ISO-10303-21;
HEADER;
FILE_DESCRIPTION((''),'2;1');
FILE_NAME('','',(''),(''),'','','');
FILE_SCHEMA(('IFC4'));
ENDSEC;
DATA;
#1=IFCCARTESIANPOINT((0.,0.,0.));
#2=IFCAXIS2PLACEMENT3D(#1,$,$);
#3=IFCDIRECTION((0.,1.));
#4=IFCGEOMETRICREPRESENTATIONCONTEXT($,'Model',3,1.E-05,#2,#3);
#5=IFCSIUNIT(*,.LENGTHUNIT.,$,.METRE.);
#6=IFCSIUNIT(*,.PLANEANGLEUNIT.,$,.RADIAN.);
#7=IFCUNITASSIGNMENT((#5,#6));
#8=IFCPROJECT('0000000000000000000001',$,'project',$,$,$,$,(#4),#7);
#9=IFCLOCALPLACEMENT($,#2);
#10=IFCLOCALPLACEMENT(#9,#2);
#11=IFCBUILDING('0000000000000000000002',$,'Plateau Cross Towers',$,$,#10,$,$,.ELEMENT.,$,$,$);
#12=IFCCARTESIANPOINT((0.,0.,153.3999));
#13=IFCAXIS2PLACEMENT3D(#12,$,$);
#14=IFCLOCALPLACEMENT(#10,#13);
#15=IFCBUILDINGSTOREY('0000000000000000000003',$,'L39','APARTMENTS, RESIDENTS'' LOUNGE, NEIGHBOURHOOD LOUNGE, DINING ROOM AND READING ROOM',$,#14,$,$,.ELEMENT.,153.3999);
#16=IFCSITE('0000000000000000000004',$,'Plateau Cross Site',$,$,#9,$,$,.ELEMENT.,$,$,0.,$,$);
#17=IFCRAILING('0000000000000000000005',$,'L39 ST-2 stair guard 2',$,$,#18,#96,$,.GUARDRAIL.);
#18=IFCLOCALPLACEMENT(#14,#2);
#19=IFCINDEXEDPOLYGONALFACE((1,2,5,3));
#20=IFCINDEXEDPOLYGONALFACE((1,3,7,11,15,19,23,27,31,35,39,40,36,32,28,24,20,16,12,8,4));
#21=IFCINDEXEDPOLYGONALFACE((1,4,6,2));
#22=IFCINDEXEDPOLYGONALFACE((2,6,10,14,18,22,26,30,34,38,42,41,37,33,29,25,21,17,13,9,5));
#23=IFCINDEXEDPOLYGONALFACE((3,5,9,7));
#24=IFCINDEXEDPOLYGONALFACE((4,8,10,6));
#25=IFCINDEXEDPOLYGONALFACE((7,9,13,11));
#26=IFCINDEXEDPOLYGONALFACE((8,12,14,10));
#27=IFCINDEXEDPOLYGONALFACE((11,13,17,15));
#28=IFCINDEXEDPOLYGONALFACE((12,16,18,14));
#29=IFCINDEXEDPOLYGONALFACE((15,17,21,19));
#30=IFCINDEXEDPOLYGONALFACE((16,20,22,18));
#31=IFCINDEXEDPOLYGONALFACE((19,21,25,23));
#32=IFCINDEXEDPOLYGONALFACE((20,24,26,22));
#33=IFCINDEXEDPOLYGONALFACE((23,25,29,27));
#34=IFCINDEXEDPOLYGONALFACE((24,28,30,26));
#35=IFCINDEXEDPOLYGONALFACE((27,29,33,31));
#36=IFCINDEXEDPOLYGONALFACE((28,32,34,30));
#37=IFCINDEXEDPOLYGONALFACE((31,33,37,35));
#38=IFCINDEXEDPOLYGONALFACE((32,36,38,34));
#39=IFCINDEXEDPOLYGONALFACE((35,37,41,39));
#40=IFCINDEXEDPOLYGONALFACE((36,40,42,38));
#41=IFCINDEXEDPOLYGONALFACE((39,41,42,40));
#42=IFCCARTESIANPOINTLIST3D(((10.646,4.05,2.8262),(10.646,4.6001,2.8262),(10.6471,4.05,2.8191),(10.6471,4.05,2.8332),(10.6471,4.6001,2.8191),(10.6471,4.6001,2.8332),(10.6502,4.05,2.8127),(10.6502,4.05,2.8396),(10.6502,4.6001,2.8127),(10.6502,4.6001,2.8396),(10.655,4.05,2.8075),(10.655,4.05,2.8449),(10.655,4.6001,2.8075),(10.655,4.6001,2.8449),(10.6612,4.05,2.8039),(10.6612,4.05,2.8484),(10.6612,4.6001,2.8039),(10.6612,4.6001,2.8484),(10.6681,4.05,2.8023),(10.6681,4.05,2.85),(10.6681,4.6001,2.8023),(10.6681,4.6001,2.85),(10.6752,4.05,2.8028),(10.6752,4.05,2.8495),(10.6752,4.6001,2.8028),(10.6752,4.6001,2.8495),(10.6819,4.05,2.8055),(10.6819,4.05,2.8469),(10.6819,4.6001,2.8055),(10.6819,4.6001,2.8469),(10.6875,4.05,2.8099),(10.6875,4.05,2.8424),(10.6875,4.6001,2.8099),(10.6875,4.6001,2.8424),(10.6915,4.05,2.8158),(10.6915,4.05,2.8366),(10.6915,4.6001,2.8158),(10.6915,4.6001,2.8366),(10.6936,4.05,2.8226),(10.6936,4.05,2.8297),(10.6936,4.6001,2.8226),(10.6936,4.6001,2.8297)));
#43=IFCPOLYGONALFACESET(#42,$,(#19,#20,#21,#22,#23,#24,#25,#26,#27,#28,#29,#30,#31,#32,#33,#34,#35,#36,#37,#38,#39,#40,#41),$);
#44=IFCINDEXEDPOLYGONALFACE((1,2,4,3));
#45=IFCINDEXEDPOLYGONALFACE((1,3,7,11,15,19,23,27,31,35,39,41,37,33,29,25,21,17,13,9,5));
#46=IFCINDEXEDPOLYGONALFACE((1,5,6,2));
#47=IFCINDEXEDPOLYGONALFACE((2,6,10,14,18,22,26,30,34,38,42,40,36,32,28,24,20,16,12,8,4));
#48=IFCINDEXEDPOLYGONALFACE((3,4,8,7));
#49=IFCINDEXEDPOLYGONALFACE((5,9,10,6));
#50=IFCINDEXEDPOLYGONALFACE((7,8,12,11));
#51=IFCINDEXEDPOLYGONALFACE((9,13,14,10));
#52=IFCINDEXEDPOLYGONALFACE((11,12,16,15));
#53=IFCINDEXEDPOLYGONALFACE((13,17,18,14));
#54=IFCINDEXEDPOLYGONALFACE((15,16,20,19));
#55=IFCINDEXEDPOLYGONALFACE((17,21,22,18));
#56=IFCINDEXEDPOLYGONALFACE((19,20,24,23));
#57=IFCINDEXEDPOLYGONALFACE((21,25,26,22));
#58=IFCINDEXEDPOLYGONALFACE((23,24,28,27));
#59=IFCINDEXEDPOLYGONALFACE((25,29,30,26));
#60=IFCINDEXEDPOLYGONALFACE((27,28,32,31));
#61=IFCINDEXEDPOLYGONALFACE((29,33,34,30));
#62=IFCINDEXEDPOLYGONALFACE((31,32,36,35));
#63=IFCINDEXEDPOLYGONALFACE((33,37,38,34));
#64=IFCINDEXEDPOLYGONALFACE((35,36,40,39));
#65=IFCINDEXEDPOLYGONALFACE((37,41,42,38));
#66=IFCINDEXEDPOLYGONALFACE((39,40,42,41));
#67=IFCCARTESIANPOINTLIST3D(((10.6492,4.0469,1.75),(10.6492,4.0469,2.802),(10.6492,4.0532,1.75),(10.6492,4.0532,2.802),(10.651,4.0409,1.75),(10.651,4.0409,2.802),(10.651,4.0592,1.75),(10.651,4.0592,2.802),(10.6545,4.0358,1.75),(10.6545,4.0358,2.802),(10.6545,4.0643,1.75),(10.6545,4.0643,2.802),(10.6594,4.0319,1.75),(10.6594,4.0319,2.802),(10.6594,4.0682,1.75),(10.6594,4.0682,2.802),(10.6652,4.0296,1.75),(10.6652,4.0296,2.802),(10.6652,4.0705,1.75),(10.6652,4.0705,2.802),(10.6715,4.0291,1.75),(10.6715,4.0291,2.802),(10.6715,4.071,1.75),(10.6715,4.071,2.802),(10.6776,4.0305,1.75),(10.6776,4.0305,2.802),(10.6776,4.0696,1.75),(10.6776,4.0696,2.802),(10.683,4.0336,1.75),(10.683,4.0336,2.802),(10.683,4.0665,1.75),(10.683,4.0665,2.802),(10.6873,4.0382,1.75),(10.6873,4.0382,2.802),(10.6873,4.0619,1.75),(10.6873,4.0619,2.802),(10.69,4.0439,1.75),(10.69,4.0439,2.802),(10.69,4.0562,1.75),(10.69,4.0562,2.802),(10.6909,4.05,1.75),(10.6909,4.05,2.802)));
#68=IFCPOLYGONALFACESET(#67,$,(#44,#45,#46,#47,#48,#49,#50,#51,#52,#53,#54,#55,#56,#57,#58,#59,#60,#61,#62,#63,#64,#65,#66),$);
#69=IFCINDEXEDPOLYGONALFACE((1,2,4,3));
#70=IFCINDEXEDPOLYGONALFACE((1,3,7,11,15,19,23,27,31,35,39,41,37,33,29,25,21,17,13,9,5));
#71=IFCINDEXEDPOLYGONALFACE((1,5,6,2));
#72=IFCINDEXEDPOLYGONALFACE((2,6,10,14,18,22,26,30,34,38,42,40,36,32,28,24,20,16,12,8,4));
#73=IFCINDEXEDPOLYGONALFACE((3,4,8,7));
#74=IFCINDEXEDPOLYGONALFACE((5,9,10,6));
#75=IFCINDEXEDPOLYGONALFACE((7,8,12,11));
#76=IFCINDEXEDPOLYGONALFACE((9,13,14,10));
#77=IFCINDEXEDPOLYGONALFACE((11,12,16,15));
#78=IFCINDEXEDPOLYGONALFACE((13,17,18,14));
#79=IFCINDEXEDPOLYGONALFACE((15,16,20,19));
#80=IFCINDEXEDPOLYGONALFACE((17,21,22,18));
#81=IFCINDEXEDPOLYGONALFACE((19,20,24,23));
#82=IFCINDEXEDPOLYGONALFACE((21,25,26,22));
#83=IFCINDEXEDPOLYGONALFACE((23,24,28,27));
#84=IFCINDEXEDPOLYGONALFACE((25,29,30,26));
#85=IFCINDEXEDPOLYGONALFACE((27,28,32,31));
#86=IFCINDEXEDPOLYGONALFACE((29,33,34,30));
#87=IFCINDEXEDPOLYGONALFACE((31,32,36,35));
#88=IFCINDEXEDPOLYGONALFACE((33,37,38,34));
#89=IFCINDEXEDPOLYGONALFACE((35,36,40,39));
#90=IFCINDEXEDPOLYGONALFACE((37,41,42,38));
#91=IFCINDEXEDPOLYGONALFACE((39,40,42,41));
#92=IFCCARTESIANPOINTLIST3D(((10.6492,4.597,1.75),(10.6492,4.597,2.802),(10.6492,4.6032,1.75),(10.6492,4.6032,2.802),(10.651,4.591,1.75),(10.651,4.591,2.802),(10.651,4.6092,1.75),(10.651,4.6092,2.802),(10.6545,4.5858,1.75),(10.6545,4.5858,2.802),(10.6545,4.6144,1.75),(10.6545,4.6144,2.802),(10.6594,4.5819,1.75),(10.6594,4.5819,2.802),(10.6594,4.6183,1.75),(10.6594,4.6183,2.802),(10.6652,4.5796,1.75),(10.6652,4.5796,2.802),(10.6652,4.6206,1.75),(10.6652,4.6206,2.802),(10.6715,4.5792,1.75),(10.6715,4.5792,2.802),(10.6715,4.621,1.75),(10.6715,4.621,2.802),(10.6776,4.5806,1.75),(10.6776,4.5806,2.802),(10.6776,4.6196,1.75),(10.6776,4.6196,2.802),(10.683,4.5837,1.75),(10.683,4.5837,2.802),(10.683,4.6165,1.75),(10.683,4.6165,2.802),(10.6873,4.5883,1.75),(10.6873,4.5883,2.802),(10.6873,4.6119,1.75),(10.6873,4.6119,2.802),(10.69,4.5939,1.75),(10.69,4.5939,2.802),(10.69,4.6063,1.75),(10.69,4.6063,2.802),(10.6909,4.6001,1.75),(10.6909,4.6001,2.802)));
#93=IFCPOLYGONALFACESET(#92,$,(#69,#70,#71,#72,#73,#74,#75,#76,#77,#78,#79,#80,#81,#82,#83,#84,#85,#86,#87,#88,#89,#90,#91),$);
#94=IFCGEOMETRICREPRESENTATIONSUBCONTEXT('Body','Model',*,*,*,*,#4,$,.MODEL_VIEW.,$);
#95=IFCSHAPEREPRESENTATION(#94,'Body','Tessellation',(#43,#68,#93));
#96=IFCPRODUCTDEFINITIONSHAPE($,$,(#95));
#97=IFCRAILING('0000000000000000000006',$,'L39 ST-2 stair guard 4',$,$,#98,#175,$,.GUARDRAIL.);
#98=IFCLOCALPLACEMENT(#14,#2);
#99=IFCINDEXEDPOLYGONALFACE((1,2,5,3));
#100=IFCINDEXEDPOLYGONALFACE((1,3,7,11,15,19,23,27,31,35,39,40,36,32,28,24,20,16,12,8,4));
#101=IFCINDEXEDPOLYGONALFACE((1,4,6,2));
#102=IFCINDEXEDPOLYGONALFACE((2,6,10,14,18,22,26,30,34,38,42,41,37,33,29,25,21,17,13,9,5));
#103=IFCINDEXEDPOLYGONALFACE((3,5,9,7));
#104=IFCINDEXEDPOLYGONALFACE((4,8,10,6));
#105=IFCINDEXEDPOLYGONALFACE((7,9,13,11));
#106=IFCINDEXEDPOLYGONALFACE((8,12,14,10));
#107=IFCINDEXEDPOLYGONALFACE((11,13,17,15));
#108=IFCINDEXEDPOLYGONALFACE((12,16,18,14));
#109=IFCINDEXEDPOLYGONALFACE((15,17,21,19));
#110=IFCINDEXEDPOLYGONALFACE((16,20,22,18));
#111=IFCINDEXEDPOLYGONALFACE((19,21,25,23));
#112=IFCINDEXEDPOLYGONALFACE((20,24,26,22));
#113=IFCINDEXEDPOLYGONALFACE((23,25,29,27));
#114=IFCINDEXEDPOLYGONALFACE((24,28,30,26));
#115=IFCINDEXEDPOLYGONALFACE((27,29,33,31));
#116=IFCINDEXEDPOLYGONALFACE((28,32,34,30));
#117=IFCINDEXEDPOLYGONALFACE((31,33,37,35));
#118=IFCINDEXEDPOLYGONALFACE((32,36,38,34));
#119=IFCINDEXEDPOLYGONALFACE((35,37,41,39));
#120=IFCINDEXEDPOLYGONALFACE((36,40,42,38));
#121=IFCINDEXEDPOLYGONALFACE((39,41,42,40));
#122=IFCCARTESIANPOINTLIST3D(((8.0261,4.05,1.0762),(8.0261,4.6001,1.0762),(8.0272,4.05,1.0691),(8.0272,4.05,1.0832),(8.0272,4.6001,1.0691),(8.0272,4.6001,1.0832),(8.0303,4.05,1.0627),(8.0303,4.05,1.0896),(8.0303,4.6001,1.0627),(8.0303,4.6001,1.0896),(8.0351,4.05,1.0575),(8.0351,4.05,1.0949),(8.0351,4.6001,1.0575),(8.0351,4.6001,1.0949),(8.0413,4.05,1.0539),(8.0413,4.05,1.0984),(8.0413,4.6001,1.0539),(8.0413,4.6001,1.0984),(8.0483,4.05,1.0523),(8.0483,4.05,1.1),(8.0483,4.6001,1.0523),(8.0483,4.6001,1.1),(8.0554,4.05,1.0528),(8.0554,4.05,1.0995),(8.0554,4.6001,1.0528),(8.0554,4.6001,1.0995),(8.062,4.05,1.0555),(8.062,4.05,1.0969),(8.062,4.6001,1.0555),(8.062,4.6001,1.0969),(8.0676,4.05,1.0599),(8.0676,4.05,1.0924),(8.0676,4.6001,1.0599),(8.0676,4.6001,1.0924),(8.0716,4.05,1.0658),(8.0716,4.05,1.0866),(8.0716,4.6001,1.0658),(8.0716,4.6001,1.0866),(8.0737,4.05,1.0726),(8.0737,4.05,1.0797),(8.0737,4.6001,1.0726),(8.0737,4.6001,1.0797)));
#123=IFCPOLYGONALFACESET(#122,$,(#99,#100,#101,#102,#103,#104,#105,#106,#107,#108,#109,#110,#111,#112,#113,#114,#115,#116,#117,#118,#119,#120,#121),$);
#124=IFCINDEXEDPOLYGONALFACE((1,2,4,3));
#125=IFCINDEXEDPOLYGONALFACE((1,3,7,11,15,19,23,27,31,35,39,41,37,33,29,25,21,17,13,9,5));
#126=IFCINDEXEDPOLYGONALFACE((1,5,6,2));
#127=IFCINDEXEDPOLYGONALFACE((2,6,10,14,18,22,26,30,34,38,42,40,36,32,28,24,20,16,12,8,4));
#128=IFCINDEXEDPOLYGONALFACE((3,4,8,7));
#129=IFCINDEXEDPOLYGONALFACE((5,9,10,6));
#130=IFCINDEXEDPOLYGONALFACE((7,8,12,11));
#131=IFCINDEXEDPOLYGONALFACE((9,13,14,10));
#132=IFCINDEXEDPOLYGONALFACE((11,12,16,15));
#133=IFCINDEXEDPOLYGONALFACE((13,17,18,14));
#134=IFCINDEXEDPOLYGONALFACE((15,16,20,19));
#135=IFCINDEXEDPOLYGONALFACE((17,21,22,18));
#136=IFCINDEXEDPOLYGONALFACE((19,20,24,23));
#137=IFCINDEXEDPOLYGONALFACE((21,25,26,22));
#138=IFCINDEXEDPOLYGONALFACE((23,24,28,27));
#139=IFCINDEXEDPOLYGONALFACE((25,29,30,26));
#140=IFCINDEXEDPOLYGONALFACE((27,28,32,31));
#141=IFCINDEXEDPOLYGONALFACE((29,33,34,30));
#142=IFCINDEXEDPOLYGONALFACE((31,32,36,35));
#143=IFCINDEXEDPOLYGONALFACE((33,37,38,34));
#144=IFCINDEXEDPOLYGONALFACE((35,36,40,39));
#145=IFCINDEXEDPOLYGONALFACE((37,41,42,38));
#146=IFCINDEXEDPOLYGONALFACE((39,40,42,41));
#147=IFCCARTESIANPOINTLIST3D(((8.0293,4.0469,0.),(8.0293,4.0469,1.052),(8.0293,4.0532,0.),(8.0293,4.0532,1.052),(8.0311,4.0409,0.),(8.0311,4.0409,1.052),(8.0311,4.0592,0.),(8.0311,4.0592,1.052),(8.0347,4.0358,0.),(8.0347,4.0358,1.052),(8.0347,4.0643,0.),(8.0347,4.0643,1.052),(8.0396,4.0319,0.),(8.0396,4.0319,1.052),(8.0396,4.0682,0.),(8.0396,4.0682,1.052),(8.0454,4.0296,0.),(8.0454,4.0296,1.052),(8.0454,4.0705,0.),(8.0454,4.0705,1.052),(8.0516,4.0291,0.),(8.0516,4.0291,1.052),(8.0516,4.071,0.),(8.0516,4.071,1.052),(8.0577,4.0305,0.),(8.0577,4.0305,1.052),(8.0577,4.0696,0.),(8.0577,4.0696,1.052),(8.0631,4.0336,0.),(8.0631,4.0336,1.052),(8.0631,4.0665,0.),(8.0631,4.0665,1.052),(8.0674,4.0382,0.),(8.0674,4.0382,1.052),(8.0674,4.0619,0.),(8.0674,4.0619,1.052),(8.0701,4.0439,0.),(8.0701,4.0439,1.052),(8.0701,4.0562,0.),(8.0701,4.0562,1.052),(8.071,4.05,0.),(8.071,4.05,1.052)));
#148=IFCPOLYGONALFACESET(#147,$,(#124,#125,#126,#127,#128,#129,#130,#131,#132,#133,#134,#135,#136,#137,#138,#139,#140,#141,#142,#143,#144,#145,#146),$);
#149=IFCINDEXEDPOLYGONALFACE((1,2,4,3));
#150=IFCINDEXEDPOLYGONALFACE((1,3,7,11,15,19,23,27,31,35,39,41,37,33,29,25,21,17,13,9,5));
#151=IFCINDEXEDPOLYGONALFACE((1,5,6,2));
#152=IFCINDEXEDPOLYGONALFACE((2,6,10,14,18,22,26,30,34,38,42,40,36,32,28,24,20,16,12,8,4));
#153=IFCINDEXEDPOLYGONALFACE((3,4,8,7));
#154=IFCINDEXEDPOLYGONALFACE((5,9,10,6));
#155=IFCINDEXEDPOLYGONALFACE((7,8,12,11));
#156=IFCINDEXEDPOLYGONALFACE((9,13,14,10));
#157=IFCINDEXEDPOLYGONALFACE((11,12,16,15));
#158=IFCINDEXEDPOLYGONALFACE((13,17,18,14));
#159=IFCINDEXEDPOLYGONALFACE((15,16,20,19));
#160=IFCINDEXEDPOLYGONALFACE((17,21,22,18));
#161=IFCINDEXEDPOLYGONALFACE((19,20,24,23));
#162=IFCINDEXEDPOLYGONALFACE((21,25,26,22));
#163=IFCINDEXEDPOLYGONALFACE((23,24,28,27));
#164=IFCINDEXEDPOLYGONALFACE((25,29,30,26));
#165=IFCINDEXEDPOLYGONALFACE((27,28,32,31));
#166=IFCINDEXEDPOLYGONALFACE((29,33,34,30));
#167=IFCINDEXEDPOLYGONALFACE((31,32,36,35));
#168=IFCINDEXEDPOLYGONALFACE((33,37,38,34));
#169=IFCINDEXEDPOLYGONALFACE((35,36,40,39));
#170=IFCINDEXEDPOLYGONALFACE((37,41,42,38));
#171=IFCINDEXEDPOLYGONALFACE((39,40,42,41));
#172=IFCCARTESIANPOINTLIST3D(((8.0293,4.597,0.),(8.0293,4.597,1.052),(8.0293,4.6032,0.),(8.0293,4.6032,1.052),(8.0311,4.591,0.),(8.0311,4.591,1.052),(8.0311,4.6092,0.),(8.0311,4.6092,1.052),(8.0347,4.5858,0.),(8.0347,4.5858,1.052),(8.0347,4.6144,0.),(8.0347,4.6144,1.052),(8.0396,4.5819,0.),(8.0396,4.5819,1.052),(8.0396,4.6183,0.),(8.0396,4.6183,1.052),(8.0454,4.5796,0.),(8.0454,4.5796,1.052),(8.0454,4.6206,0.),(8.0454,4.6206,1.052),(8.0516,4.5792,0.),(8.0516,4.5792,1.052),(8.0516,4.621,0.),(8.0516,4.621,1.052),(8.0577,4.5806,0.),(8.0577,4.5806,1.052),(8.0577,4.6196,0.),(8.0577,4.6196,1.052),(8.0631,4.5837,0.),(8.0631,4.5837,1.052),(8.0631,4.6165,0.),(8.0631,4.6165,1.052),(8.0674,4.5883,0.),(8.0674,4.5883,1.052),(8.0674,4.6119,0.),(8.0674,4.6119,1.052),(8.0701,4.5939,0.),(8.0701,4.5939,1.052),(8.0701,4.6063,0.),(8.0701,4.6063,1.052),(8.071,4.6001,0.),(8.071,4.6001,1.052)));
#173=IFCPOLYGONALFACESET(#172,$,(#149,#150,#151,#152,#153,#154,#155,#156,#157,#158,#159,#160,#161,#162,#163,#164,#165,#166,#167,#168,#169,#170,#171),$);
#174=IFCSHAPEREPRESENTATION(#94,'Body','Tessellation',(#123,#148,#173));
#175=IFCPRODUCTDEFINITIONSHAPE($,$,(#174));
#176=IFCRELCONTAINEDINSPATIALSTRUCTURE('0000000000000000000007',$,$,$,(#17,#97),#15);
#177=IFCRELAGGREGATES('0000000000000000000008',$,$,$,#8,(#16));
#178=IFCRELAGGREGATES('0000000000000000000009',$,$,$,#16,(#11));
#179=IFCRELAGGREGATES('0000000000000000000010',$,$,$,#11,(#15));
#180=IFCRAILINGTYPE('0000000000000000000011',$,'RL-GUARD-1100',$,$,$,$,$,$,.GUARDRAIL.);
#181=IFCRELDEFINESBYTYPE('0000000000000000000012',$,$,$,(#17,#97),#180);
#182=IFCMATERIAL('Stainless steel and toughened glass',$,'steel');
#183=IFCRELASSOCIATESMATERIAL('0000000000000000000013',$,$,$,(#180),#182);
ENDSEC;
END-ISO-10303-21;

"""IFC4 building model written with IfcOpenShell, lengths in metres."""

from ifc_helpers import new_model, si_unit, direction, frame, origin, origin_2d, place, context, subcontext, project, spatial, circle, extrude, material, type_object, element, save


model = new_model("IFC4")

# Units and contexts
model_context = context("Model", 3, precision=1e-05, world=origin(), true_north=direction((0.0, 1.0)))
body_context = subcontext(model_context, "Body", "Model", "MODEL_VIEW")
ifc_project = project(units=[si_unit("LENGTHUNIT", "METRE"), si_unit("PLANEANGLEUNIT", "RADIAN")], contexts=[model_context])

# Site, building, storey
site_placement = place(None, origin())
site = spatial("IfcSite", under=ifc_project, at=site_placement, Name="Plateau Cross Site", CompositionType="ELEMENT", RefElevation=0.0)
building_placement = place(site_placement, origin())
building = spatial("IfcBuilding", under=site, at=building_placement, Name="Plateau Cross Towers", CompositionType="ELEMENT")
storey_placement = place(building_placement, frame((0.0, 0.0, 153.3999)))
storey = spatial("IfcBuildingStorey", under=building, at=storey_placement, Name="L39", Description="APARTMENTS, RESIDENTS' LOUNGE, NEIGHBOURHOOD LOUNGE, DINING ROOM AND READING ROOM", CompositionType="ELEMENT", Elevation=153.3999)

# Railings
ifc_material_1 = material(Name="Stainless steel and toughened glass", Category="steel")
railing_type_1 = type_object("IfcRailingType", Name="RL-GUARD-1100", PredefinedType="GUARDRAIL", material=ifc_material_1)
for number, where, name in (
    (1, (10.6699, 4.05, 1.75), "L39 ST-2 stair guard 2"),
    (2, (8.05, 4.05, 0.0), "L39 ST-2 stair guard 4"),
):
    element("IfcRailing", number, at=place(storey_placement, frame(where)), inside=storey, type_object=railing_type_1, Name=name, PredefinedType="GUARDRAIL", context=body_context, shape_type="SweptSolid", body=[
        extrude(circle(Radius=0.0239, at=origin_2d()), frame((0.0, 0.0, 1.0762), z_axis=(0.0, 1.0, 0.0), x_axis=(-1.0, 0.0, 0.0)), (0.0, 0.0, 1.0), 0.55),
        extrude(circle(Radius=0.021, at=origin_2d()), origin(), (0.0, 0.0, 1.0), 1.052),
        extrude(circle(Radius=0.021, at=origin_2d()), frame((0.0, 0.55, 0.0)), (0.0, 0.0, 1.0), 1.052),
    ])

save(model, "model.ifc")
